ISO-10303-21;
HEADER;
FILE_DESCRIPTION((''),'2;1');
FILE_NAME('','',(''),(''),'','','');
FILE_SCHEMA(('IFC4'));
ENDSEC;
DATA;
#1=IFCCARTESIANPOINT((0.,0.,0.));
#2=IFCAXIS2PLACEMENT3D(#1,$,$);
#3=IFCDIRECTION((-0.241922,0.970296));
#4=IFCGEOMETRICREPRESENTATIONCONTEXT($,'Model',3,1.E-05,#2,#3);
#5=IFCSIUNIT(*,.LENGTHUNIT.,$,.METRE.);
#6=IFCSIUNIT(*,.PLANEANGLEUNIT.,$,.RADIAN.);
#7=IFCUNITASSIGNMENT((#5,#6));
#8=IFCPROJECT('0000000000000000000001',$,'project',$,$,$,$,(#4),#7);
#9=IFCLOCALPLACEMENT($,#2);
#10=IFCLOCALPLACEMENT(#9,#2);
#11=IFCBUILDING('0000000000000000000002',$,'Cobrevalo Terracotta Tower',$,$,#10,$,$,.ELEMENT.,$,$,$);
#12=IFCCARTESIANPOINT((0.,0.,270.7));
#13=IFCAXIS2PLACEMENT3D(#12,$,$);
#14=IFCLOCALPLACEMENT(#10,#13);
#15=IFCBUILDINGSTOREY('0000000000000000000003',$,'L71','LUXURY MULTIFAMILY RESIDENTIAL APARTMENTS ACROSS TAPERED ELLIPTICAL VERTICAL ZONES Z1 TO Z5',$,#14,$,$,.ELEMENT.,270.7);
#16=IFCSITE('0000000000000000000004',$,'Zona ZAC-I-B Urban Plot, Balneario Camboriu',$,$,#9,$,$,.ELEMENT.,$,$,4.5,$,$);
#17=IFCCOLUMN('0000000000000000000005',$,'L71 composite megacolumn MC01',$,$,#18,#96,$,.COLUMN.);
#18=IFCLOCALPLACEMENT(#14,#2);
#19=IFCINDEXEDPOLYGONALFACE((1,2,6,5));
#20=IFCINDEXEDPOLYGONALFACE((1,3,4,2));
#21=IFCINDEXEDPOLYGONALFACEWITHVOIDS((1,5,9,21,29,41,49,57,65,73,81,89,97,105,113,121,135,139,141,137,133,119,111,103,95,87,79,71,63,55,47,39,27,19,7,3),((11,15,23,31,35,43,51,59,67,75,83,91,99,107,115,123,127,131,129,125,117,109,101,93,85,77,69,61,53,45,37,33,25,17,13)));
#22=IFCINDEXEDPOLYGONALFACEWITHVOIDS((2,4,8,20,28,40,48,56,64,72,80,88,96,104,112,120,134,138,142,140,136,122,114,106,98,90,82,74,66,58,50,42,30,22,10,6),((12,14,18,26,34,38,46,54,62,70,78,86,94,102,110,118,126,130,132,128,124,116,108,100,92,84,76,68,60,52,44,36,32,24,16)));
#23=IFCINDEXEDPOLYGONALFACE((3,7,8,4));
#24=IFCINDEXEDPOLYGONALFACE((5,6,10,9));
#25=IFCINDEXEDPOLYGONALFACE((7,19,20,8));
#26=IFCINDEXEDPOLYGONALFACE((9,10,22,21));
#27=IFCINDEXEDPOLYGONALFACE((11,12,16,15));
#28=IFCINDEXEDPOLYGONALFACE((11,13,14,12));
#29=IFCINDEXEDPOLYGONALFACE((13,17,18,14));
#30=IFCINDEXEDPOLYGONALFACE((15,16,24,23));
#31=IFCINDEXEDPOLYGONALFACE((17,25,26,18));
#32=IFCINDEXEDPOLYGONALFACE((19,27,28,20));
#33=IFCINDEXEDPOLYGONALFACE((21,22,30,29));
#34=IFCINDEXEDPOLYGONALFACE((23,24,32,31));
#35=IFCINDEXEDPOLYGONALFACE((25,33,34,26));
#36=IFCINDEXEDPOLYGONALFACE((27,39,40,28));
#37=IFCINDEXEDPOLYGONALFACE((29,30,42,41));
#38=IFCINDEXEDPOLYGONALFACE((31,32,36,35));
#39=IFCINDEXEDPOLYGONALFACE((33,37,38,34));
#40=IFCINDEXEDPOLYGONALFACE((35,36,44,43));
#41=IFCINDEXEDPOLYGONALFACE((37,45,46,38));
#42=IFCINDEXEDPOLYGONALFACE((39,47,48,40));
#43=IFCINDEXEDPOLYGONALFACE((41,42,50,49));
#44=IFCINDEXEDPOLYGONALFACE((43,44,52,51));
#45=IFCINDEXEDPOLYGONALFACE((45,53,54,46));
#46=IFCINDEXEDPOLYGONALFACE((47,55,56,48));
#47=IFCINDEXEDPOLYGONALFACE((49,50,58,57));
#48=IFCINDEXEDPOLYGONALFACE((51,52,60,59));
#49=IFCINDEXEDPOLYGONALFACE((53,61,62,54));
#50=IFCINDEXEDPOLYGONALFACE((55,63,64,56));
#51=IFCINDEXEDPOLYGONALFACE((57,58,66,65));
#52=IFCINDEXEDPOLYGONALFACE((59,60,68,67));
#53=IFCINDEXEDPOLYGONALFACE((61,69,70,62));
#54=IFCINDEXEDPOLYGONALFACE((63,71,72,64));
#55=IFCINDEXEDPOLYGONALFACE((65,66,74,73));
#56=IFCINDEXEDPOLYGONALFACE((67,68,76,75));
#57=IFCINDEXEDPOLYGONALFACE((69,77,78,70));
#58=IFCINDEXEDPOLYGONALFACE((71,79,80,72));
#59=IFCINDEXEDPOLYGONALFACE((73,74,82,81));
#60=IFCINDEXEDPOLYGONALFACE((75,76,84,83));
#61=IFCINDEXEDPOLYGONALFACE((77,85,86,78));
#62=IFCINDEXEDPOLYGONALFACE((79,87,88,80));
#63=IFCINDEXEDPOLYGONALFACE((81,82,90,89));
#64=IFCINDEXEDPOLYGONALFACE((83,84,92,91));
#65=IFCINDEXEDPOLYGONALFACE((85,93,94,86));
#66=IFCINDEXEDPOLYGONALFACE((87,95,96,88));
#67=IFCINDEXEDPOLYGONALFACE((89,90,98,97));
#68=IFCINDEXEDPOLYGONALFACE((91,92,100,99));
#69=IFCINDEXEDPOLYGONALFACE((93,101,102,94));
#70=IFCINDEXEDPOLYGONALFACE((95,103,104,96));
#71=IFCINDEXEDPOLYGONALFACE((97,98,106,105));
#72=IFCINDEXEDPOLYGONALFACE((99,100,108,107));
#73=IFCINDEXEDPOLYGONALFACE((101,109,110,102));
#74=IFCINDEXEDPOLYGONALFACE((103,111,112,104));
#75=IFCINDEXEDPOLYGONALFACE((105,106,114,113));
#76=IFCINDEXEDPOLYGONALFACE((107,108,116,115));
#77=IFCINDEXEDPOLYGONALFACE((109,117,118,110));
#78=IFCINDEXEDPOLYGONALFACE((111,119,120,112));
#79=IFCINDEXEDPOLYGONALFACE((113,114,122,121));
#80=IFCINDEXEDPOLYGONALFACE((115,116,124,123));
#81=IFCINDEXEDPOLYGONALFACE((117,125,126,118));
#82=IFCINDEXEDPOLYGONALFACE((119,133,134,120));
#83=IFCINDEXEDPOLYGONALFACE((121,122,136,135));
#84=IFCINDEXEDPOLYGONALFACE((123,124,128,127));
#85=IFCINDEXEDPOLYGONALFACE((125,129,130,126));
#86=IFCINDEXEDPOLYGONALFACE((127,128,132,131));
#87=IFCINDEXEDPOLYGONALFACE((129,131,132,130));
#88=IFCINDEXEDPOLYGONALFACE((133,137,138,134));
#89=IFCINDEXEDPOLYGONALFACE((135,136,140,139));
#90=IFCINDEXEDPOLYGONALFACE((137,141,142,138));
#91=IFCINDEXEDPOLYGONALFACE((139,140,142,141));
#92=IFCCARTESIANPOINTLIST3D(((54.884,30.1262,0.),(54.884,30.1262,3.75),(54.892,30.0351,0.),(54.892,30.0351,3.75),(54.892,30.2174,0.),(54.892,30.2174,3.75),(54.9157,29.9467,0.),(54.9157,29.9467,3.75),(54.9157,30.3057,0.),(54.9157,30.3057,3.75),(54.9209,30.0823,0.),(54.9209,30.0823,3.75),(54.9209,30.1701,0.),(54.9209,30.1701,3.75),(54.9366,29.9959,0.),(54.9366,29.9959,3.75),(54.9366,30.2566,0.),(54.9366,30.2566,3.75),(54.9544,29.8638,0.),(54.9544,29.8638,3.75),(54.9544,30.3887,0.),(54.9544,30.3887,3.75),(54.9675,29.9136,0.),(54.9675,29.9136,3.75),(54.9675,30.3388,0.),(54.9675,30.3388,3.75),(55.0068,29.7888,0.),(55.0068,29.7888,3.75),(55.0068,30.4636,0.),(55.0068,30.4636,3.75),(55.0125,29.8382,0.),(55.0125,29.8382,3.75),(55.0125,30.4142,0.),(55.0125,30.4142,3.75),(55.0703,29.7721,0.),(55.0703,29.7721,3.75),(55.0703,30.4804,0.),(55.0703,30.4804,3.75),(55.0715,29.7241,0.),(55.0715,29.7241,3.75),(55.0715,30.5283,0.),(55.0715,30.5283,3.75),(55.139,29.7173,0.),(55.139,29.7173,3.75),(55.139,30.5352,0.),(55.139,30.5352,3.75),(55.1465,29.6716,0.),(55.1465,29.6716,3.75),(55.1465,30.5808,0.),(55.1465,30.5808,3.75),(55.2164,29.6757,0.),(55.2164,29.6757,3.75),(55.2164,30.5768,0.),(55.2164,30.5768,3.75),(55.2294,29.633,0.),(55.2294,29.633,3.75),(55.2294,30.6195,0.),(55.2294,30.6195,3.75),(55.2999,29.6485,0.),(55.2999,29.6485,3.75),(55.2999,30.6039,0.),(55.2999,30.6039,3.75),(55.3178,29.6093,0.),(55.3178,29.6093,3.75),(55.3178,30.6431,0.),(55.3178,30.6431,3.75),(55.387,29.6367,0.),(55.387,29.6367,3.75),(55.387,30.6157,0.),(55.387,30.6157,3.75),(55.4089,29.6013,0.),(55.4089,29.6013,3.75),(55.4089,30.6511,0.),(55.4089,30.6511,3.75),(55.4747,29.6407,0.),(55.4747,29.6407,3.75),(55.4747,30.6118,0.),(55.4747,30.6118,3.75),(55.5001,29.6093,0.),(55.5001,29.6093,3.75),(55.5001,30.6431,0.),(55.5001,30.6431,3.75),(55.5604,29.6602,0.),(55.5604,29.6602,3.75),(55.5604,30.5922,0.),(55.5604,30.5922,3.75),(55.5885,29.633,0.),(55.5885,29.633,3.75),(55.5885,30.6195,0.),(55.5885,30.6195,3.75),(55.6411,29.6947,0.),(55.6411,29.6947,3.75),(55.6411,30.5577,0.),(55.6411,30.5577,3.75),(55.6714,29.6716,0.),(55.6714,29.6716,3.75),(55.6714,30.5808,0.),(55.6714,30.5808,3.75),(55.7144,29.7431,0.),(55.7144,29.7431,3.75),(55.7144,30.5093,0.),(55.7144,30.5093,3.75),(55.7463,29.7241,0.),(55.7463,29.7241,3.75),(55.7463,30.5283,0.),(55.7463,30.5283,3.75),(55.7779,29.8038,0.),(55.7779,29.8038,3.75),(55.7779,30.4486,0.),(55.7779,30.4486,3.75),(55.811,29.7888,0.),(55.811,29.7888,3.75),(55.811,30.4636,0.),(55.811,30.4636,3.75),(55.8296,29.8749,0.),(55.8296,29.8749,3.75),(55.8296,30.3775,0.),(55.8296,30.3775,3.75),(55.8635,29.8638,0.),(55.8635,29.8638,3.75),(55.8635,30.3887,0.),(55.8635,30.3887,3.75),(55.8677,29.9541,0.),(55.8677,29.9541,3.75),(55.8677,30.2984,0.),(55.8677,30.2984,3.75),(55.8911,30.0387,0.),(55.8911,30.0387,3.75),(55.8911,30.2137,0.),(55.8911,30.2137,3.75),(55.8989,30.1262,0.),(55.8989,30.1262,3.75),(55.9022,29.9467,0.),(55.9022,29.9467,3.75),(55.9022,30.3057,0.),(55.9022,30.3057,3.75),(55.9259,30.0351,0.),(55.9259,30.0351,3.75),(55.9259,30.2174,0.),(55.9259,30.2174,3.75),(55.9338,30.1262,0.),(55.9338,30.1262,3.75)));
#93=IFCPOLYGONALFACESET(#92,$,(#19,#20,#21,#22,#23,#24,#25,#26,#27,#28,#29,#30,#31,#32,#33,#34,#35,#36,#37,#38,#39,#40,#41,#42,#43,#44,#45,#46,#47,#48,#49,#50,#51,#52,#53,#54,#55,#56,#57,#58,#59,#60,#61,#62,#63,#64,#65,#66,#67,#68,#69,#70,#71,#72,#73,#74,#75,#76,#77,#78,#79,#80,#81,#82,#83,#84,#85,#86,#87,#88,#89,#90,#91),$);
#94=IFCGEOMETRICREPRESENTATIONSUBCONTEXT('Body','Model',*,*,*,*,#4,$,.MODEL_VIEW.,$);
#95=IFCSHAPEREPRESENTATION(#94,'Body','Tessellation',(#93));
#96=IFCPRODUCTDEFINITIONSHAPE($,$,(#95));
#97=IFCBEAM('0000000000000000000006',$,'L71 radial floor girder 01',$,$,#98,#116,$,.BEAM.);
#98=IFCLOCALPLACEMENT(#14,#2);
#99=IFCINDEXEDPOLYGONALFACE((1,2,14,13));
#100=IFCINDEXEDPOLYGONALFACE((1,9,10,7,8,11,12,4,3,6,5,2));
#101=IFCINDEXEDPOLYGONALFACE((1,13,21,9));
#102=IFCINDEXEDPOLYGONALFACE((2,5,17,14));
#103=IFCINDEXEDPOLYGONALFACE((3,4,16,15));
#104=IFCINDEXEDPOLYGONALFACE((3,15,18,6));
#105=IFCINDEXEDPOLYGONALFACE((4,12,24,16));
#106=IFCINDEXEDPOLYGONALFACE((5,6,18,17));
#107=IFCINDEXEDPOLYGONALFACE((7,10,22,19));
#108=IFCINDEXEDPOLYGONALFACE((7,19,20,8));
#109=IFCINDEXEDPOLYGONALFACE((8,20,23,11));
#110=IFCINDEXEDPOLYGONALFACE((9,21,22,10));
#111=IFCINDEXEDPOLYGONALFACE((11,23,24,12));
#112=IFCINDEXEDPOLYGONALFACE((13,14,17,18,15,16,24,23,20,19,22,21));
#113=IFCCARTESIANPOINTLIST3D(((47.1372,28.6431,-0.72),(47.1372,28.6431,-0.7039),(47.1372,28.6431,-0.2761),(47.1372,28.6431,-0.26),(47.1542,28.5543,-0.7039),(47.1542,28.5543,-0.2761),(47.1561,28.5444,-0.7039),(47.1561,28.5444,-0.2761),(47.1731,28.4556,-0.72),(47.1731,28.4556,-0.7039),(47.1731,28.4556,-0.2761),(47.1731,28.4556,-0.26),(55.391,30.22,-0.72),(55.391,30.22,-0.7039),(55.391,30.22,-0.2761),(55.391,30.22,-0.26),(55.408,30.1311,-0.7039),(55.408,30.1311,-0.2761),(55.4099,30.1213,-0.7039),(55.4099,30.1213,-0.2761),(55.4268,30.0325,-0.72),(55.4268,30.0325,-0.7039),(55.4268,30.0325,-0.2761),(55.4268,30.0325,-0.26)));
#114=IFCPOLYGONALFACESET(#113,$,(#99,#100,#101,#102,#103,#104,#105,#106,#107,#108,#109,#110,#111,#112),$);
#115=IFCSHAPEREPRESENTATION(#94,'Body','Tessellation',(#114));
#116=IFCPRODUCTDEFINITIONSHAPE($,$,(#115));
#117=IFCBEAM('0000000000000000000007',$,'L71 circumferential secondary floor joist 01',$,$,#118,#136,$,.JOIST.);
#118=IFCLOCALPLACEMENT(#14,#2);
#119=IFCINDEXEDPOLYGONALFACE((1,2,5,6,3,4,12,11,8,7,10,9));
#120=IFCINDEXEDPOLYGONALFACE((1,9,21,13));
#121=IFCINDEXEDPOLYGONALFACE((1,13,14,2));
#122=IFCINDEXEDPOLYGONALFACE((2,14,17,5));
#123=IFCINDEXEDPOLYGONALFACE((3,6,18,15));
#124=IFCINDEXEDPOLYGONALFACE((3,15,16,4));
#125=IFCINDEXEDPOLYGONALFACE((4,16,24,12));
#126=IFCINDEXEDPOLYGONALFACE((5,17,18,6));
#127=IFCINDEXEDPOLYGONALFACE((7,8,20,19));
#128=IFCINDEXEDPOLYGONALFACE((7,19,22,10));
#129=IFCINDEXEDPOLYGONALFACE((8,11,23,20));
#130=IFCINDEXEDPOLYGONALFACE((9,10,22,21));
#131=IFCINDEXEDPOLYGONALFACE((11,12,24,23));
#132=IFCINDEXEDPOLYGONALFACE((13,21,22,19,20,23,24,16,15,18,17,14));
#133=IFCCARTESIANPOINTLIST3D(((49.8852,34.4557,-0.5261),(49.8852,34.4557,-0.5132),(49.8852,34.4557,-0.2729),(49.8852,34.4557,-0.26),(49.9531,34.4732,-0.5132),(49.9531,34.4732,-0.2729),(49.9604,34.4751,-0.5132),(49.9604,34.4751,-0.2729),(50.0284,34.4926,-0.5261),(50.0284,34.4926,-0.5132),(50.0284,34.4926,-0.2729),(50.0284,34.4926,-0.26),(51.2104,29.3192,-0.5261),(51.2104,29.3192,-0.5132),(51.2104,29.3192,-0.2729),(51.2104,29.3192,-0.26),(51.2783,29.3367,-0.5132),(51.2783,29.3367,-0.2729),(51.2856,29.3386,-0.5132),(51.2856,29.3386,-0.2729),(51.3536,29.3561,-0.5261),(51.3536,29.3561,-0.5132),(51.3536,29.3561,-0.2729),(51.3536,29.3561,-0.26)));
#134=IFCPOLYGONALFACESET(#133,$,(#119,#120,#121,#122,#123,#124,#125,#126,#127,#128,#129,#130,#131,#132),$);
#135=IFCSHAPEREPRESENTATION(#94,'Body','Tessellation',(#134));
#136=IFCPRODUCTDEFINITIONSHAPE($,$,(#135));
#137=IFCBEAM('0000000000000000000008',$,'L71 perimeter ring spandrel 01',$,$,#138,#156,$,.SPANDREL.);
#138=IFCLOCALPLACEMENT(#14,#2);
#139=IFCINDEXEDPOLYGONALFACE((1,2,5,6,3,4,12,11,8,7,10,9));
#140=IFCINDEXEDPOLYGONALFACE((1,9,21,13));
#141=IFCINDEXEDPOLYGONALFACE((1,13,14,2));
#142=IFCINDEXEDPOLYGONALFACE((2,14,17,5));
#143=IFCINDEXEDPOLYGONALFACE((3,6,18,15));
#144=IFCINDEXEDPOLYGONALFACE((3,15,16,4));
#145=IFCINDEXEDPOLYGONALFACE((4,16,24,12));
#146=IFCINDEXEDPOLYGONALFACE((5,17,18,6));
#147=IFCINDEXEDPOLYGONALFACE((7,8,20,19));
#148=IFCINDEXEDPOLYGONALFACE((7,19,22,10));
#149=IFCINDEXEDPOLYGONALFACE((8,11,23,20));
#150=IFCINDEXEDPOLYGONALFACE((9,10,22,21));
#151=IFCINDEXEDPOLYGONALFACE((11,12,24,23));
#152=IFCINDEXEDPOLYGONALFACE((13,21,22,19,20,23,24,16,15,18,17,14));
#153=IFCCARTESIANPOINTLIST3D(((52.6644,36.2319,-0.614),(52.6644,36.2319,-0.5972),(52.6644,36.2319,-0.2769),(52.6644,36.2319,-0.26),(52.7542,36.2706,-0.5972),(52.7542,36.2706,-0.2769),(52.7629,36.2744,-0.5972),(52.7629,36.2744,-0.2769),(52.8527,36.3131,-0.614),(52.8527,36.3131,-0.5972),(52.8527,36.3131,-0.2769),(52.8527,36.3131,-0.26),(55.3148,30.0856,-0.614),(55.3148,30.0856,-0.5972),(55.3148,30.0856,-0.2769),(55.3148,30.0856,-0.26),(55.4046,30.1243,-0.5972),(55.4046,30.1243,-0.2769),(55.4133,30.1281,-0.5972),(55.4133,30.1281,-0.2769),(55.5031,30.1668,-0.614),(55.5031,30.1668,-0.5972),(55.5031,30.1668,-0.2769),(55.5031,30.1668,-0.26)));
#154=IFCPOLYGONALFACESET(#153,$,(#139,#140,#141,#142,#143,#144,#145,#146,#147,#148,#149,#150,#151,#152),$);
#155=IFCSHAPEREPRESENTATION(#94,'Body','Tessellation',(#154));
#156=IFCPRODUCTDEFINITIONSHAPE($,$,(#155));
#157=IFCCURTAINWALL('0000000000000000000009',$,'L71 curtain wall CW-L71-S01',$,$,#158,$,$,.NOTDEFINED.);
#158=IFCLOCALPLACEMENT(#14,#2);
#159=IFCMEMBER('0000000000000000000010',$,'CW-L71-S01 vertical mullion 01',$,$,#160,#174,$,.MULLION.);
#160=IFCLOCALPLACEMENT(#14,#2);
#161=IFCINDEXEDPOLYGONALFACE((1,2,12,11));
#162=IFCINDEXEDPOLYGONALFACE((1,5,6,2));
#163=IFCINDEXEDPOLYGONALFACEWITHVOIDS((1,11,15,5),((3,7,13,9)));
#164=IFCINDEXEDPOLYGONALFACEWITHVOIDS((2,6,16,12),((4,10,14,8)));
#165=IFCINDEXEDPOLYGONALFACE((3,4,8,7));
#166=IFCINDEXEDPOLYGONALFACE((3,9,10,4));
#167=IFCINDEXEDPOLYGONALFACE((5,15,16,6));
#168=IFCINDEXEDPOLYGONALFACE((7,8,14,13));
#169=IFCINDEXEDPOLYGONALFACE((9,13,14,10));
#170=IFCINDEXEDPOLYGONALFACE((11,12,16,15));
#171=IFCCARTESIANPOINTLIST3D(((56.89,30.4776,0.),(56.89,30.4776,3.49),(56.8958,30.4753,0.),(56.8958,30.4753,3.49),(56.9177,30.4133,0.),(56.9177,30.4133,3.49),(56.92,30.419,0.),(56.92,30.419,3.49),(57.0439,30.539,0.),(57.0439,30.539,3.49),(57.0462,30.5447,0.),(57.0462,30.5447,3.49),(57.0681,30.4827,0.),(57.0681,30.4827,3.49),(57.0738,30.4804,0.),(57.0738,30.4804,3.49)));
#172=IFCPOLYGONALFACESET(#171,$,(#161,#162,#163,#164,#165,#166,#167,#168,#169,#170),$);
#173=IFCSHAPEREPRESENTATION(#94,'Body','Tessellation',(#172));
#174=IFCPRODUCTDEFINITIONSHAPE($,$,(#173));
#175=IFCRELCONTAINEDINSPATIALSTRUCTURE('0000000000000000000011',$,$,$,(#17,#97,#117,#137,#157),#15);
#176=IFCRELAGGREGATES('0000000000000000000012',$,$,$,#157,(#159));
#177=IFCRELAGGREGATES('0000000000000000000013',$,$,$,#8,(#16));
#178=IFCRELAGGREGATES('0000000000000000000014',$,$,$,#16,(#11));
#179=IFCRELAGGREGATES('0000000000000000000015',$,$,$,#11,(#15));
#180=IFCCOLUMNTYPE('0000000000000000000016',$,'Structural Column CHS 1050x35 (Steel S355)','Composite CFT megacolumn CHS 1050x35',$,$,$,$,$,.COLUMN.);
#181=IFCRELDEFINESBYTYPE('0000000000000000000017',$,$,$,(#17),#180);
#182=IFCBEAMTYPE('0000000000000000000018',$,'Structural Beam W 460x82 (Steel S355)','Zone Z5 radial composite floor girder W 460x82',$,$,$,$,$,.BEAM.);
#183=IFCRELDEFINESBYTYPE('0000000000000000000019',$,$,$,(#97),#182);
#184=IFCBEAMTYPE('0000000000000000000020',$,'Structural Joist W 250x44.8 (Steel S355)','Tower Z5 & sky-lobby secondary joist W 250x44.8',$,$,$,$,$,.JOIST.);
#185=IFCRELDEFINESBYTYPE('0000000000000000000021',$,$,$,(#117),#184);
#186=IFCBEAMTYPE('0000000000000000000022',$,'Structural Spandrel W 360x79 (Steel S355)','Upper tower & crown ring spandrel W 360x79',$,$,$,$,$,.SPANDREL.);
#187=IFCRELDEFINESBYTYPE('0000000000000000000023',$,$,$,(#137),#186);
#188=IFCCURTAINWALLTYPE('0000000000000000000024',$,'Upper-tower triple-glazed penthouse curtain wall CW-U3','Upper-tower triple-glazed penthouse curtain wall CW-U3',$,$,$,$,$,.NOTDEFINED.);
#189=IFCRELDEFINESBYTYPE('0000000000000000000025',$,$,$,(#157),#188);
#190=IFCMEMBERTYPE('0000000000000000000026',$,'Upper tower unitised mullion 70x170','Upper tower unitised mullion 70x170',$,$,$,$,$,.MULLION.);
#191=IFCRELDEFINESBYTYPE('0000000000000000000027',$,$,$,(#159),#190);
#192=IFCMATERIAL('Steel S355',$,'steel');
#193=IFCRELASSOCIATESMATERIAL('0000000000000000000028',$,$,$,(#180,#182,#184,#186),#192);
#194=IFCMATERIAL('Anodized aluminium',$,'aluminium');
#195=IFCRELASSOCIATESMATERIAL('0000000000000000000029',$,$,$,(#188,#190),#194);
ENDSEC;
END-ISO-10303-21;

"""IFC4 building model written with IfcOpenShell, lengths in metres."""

from ifc_helpers import new_model, si_unit, direction, frame, origin, origin_2d, place, context, subcontext, project, spatial, hollow_rectangle, hollow_circle, i_section, extrude, source, transform, mapped, material, material_profile, profile_set, type_object, element, aggregate, save


model = new_model("IFC4")

# Units and contexts
model_context = context("Model", 3, precision=1e-05, world=origin(), true_north=direction((-0.241922, 0.970296)))
body_context = subcontext(model_context, "Body", "Model", "MODEL_VIEW")
ifc_project = project(units=[si_unit("LENGTHUNIT", "METRE"), si_unit("PLANEANGLEUNIT", "RADIAN")], contexts=[model_context])

# Site, building, storey
site_placement = place(None, origin())
site = spatial("IfcSite", under=ifc_project, at=site_placement, Name="Zona ZAC-I-B Urban Plot, Balneario Camboriu", CompositionType="ELEMENT", RefElevation=4.5)
building_placement = place(site_placement, origin())
building = spatial("IfcBuilding", under=site, at=building_placement, Name="Cobrevalo Terracotta Tower", CompositionType="ELEMENT")
storey_placement = place(building_placement, frame((0.0, 0.0, 270.7)))
storey = spatial("IfcBuildingStorey", under=building, at=storey_placement, Name="L71", Description="LUXURY MULTIFAMILY RESIDENTIAL APARTMENTS ACROSS TAPERED ELLIPTICAL VERTICAL ZONES Z1 TO Z5", CompositionType="ELEMENT", Elevation=270.7)

# Column
ifc_material_1 = material(Name="Steel S355", Category="steel")
ifc_material_profile_1 = material_profile(ifc_material_1, hollow_circle(Radius=0.5249, WallThickness=0.0349, at=origin_2d()), Name="CHS 1050x35")
ifc_profile_set_1 = profile_set([ifc_material_profile_1], Name="Steel S355")
column_type = type_object("IfcColumnType", Name="Structural Column CHS 1050x35 (Steel S355)", Description="Composite CFT megacolumn CHS 1050x35", PredefinedType="COLUMN", material=ifc_profile_set_1)
column_placement = place(storey_placement, frame((55.4089, 30.1262, 0.0), z_axis=(0.0, 0.0, 1.0), x_axis=(1.0, 0.0, 0.0)))
element("IfcColumn", 1, at=column_placement, inside=storey, type_object=column_type, Name="L71 composite megacolumn MC01", PredefinedType="COLUMN", context=body_context, shape_type="SweptSolid", body=[
    extrude(hollow_circle(Radius=0.5249, WallThickness=0.0349, at=origin_2d()), origin(), (0.0, 0.0, 1.0), 3.75),
])

# Beams
ifc_material_profile_2 = material_profile(ifc_material_1, i_section(OverallWidth=0.1909, OverallDepth=0.46, WebThickness=0.01, FlangeThickness=0.0161, at=origin_2d()), Name="W 460x82")
ifc_profile_set_2 = profile_set([ifc_material_profile_2], Name="Steel S355")
beam_type_1 = type_object("IfcBeamType", Name="Structural Beam W 460x82 (Steel S355)", Description="Zone Z5 radial composite floor girder W 460x82", PredefinedType="BEAM", material=ifc_profile_set_2)
beam_1_placement = place(storey_placement, frame((55.4089, 30.1262, -0.49), z_axis=(-0.982235, -0.187655, 0.0), x_axis=(0.187655, -0.982235, 0.0)))
element("IfcBeam", 2, at=beam_1_placement, inside=storey, type_object=beam_type_1, Name="L71 radial floor girder 01", PredefinedType="BEAM", context=body_context, shape_type="SweptSolid", body=[
    extrude(i_section(OverallWidth=0.1909, OverallDepth=0.46, WebThickness=0.01, FlangeThickness=0.0161, at=origin_2d()), origin(), (0.0, 0.0, 1.0), 8.4031),
])
ifc_material_profile_3 = material_profile(ifc_material_1, i_section(OverallWidth=0.1479, OverallDepth=0.2661, WebThickness=0.0076, FlangeThickness=0.0129, at=origin_2d()), Name="W 250x44.8")
ifc_profile_set_3 = profile_set([ifc_material_profile_3], Name="Steel S355")
beam_type_2 = type_object("IfcBeamType", Name="Structural Joist W 250x44.8 (Steel S355)", Description="Tower Z5 & sky-lobby secondary joist W 250x44.8", PredefinedType="JOIST", material=ifc_profile_set_3)
beam_2_placement = place(storey_placement, frame((51.282, 29.3376, -0.3931), z_axis=(-0.249817, 0.968293, 0.0), x_axis=(-0.968293, -0.249817, 0.0)))
element("IfcBeam", 3, at=beam_2_placement, inside=storey, type_object=beam_type_2, Name="L71 circumferential secondary floor joist 01", PredefinedType="JOIST", context=body_context, shape_type="SweptSolid", body=[
    extrude(i_section(OverallWidth=0.1479, OverallDepth=0.2661, WebThickness=0.0076, FlangeThickness=0.0129, at=origin_2d()), origin(), (0.0, 0.0, 1.0), 5.3047),
])
ifc_material_profile_4 = material_profile(ifc_material_1, i_section(OverallWidth=0.2051, OverallDepth=0.354, WebThickness=0.0095, FlangeThickness=0.0168, at=origin_2d()), Name="W 360x79")
ifc_profile_set_4 = profile_set([ifc_material_profile_4], Name="Steel S355")
beam_type_3 = type_object("IfcBeamType", Name="Structural Spandrel W 360x79 (Steel S355)", Description="Upper tower & crown ring spandrel W 360x79", PredefinedType="SPANDREL", material=ifc_profile_set_4)
beam_3_placement = place(storey_placement, frame((55.4089, 30.1262, -0.437), z_axis=(-0.395974, 0.918262, 0.0), x_axis=(-0.918262, -0.395974, 0.0)))
element("IfcBeam", 4, at=beam_3_placement, inside=storey, type_object=beam_type_3, Name="L71 perimeter ring spandrel 01", PredefinedType="SPANDREL", context=body_context, shape_type="SweptSolid", body=[
    extrude(i_section(OverallWidth=0.2051, OverallDepth=0.354, WebThickness=0.0095, FlangeThickness=0.0168, at=origin_2d()), origin(), (0.0, 0.0, 1.0), 6.6934),
])

# Curtain wall, member
ifc_material_2 = material(Name="Anodized aluminium", Category="aluminium")
curtain_wall_type = type_object("IfcCurtainWallType", Name="Upper-tower triple-glazed penthouse curtain wall CW-U3", Description="Upper-tower triple-glazed penthouse curtain wall CW-U3", PredefinedType="NOTDEFINED", material=ifc_material_2)
curtain_wall_1_placement = place(storey_placement, origin())
curtain_wall_1 = element("IfcCurtainWall", 5, at=curtain_wall_1_placement, inside=storey, type_object=curtain_wall_type, Name="L71 curtain wall CW-L71-S01", PredefinedType="NOTDEFINED")
ifc_material_profile_5 = material_profile(ifc_material_2, hollow_rectangle(XDim=0.0701, YDim=0.1699, WallThickness=0.0044, at=origin_2d()), Name="CWM 70x170")
ifc_profile_set_5 = profile_set([ifc_material_profile_5], Name="Anodized aluminium")
member_type_1 = type_object("IfcMemberType", Name="Upper tower unitised mullion 70x170", Description="Upper tower unitised mullion 70x170", PredefinedType="MULLION", material=ifc_profile_set_5)
shared_shape_1 = source(origin(), body_context, "Body", "SweptSolid", [
    extrude(hollow_rectangle(XDim=0.0701, YDim=0.1699, WallThickness=0.0044, at=origin_2d()), origin(), (0.0, 0.0, 1.0), 3.49),
])
member_1_placement = place(storey_placement, frame((56.9819, 30.479, 0.0), z_axis=(0.0, 0.0, 1.0), x_axis=(-0.394824, 0.918757, 0.0)))
member_1 = element("IfcMember", 6, at=member_1_placement, type_object=member_type_1, Name="CW-L71-S01 vertical mullion 01", PredefinedType="MULLION", context=body_context, shape_type="MappedRepresentation", body=[
    mapped(shared_shape_1, transform((0.0, 0.0, 0.0), scale=1.0)),
])

aggregate(curtain_wall_1, [member_1])

save(model, "model.ifc")
